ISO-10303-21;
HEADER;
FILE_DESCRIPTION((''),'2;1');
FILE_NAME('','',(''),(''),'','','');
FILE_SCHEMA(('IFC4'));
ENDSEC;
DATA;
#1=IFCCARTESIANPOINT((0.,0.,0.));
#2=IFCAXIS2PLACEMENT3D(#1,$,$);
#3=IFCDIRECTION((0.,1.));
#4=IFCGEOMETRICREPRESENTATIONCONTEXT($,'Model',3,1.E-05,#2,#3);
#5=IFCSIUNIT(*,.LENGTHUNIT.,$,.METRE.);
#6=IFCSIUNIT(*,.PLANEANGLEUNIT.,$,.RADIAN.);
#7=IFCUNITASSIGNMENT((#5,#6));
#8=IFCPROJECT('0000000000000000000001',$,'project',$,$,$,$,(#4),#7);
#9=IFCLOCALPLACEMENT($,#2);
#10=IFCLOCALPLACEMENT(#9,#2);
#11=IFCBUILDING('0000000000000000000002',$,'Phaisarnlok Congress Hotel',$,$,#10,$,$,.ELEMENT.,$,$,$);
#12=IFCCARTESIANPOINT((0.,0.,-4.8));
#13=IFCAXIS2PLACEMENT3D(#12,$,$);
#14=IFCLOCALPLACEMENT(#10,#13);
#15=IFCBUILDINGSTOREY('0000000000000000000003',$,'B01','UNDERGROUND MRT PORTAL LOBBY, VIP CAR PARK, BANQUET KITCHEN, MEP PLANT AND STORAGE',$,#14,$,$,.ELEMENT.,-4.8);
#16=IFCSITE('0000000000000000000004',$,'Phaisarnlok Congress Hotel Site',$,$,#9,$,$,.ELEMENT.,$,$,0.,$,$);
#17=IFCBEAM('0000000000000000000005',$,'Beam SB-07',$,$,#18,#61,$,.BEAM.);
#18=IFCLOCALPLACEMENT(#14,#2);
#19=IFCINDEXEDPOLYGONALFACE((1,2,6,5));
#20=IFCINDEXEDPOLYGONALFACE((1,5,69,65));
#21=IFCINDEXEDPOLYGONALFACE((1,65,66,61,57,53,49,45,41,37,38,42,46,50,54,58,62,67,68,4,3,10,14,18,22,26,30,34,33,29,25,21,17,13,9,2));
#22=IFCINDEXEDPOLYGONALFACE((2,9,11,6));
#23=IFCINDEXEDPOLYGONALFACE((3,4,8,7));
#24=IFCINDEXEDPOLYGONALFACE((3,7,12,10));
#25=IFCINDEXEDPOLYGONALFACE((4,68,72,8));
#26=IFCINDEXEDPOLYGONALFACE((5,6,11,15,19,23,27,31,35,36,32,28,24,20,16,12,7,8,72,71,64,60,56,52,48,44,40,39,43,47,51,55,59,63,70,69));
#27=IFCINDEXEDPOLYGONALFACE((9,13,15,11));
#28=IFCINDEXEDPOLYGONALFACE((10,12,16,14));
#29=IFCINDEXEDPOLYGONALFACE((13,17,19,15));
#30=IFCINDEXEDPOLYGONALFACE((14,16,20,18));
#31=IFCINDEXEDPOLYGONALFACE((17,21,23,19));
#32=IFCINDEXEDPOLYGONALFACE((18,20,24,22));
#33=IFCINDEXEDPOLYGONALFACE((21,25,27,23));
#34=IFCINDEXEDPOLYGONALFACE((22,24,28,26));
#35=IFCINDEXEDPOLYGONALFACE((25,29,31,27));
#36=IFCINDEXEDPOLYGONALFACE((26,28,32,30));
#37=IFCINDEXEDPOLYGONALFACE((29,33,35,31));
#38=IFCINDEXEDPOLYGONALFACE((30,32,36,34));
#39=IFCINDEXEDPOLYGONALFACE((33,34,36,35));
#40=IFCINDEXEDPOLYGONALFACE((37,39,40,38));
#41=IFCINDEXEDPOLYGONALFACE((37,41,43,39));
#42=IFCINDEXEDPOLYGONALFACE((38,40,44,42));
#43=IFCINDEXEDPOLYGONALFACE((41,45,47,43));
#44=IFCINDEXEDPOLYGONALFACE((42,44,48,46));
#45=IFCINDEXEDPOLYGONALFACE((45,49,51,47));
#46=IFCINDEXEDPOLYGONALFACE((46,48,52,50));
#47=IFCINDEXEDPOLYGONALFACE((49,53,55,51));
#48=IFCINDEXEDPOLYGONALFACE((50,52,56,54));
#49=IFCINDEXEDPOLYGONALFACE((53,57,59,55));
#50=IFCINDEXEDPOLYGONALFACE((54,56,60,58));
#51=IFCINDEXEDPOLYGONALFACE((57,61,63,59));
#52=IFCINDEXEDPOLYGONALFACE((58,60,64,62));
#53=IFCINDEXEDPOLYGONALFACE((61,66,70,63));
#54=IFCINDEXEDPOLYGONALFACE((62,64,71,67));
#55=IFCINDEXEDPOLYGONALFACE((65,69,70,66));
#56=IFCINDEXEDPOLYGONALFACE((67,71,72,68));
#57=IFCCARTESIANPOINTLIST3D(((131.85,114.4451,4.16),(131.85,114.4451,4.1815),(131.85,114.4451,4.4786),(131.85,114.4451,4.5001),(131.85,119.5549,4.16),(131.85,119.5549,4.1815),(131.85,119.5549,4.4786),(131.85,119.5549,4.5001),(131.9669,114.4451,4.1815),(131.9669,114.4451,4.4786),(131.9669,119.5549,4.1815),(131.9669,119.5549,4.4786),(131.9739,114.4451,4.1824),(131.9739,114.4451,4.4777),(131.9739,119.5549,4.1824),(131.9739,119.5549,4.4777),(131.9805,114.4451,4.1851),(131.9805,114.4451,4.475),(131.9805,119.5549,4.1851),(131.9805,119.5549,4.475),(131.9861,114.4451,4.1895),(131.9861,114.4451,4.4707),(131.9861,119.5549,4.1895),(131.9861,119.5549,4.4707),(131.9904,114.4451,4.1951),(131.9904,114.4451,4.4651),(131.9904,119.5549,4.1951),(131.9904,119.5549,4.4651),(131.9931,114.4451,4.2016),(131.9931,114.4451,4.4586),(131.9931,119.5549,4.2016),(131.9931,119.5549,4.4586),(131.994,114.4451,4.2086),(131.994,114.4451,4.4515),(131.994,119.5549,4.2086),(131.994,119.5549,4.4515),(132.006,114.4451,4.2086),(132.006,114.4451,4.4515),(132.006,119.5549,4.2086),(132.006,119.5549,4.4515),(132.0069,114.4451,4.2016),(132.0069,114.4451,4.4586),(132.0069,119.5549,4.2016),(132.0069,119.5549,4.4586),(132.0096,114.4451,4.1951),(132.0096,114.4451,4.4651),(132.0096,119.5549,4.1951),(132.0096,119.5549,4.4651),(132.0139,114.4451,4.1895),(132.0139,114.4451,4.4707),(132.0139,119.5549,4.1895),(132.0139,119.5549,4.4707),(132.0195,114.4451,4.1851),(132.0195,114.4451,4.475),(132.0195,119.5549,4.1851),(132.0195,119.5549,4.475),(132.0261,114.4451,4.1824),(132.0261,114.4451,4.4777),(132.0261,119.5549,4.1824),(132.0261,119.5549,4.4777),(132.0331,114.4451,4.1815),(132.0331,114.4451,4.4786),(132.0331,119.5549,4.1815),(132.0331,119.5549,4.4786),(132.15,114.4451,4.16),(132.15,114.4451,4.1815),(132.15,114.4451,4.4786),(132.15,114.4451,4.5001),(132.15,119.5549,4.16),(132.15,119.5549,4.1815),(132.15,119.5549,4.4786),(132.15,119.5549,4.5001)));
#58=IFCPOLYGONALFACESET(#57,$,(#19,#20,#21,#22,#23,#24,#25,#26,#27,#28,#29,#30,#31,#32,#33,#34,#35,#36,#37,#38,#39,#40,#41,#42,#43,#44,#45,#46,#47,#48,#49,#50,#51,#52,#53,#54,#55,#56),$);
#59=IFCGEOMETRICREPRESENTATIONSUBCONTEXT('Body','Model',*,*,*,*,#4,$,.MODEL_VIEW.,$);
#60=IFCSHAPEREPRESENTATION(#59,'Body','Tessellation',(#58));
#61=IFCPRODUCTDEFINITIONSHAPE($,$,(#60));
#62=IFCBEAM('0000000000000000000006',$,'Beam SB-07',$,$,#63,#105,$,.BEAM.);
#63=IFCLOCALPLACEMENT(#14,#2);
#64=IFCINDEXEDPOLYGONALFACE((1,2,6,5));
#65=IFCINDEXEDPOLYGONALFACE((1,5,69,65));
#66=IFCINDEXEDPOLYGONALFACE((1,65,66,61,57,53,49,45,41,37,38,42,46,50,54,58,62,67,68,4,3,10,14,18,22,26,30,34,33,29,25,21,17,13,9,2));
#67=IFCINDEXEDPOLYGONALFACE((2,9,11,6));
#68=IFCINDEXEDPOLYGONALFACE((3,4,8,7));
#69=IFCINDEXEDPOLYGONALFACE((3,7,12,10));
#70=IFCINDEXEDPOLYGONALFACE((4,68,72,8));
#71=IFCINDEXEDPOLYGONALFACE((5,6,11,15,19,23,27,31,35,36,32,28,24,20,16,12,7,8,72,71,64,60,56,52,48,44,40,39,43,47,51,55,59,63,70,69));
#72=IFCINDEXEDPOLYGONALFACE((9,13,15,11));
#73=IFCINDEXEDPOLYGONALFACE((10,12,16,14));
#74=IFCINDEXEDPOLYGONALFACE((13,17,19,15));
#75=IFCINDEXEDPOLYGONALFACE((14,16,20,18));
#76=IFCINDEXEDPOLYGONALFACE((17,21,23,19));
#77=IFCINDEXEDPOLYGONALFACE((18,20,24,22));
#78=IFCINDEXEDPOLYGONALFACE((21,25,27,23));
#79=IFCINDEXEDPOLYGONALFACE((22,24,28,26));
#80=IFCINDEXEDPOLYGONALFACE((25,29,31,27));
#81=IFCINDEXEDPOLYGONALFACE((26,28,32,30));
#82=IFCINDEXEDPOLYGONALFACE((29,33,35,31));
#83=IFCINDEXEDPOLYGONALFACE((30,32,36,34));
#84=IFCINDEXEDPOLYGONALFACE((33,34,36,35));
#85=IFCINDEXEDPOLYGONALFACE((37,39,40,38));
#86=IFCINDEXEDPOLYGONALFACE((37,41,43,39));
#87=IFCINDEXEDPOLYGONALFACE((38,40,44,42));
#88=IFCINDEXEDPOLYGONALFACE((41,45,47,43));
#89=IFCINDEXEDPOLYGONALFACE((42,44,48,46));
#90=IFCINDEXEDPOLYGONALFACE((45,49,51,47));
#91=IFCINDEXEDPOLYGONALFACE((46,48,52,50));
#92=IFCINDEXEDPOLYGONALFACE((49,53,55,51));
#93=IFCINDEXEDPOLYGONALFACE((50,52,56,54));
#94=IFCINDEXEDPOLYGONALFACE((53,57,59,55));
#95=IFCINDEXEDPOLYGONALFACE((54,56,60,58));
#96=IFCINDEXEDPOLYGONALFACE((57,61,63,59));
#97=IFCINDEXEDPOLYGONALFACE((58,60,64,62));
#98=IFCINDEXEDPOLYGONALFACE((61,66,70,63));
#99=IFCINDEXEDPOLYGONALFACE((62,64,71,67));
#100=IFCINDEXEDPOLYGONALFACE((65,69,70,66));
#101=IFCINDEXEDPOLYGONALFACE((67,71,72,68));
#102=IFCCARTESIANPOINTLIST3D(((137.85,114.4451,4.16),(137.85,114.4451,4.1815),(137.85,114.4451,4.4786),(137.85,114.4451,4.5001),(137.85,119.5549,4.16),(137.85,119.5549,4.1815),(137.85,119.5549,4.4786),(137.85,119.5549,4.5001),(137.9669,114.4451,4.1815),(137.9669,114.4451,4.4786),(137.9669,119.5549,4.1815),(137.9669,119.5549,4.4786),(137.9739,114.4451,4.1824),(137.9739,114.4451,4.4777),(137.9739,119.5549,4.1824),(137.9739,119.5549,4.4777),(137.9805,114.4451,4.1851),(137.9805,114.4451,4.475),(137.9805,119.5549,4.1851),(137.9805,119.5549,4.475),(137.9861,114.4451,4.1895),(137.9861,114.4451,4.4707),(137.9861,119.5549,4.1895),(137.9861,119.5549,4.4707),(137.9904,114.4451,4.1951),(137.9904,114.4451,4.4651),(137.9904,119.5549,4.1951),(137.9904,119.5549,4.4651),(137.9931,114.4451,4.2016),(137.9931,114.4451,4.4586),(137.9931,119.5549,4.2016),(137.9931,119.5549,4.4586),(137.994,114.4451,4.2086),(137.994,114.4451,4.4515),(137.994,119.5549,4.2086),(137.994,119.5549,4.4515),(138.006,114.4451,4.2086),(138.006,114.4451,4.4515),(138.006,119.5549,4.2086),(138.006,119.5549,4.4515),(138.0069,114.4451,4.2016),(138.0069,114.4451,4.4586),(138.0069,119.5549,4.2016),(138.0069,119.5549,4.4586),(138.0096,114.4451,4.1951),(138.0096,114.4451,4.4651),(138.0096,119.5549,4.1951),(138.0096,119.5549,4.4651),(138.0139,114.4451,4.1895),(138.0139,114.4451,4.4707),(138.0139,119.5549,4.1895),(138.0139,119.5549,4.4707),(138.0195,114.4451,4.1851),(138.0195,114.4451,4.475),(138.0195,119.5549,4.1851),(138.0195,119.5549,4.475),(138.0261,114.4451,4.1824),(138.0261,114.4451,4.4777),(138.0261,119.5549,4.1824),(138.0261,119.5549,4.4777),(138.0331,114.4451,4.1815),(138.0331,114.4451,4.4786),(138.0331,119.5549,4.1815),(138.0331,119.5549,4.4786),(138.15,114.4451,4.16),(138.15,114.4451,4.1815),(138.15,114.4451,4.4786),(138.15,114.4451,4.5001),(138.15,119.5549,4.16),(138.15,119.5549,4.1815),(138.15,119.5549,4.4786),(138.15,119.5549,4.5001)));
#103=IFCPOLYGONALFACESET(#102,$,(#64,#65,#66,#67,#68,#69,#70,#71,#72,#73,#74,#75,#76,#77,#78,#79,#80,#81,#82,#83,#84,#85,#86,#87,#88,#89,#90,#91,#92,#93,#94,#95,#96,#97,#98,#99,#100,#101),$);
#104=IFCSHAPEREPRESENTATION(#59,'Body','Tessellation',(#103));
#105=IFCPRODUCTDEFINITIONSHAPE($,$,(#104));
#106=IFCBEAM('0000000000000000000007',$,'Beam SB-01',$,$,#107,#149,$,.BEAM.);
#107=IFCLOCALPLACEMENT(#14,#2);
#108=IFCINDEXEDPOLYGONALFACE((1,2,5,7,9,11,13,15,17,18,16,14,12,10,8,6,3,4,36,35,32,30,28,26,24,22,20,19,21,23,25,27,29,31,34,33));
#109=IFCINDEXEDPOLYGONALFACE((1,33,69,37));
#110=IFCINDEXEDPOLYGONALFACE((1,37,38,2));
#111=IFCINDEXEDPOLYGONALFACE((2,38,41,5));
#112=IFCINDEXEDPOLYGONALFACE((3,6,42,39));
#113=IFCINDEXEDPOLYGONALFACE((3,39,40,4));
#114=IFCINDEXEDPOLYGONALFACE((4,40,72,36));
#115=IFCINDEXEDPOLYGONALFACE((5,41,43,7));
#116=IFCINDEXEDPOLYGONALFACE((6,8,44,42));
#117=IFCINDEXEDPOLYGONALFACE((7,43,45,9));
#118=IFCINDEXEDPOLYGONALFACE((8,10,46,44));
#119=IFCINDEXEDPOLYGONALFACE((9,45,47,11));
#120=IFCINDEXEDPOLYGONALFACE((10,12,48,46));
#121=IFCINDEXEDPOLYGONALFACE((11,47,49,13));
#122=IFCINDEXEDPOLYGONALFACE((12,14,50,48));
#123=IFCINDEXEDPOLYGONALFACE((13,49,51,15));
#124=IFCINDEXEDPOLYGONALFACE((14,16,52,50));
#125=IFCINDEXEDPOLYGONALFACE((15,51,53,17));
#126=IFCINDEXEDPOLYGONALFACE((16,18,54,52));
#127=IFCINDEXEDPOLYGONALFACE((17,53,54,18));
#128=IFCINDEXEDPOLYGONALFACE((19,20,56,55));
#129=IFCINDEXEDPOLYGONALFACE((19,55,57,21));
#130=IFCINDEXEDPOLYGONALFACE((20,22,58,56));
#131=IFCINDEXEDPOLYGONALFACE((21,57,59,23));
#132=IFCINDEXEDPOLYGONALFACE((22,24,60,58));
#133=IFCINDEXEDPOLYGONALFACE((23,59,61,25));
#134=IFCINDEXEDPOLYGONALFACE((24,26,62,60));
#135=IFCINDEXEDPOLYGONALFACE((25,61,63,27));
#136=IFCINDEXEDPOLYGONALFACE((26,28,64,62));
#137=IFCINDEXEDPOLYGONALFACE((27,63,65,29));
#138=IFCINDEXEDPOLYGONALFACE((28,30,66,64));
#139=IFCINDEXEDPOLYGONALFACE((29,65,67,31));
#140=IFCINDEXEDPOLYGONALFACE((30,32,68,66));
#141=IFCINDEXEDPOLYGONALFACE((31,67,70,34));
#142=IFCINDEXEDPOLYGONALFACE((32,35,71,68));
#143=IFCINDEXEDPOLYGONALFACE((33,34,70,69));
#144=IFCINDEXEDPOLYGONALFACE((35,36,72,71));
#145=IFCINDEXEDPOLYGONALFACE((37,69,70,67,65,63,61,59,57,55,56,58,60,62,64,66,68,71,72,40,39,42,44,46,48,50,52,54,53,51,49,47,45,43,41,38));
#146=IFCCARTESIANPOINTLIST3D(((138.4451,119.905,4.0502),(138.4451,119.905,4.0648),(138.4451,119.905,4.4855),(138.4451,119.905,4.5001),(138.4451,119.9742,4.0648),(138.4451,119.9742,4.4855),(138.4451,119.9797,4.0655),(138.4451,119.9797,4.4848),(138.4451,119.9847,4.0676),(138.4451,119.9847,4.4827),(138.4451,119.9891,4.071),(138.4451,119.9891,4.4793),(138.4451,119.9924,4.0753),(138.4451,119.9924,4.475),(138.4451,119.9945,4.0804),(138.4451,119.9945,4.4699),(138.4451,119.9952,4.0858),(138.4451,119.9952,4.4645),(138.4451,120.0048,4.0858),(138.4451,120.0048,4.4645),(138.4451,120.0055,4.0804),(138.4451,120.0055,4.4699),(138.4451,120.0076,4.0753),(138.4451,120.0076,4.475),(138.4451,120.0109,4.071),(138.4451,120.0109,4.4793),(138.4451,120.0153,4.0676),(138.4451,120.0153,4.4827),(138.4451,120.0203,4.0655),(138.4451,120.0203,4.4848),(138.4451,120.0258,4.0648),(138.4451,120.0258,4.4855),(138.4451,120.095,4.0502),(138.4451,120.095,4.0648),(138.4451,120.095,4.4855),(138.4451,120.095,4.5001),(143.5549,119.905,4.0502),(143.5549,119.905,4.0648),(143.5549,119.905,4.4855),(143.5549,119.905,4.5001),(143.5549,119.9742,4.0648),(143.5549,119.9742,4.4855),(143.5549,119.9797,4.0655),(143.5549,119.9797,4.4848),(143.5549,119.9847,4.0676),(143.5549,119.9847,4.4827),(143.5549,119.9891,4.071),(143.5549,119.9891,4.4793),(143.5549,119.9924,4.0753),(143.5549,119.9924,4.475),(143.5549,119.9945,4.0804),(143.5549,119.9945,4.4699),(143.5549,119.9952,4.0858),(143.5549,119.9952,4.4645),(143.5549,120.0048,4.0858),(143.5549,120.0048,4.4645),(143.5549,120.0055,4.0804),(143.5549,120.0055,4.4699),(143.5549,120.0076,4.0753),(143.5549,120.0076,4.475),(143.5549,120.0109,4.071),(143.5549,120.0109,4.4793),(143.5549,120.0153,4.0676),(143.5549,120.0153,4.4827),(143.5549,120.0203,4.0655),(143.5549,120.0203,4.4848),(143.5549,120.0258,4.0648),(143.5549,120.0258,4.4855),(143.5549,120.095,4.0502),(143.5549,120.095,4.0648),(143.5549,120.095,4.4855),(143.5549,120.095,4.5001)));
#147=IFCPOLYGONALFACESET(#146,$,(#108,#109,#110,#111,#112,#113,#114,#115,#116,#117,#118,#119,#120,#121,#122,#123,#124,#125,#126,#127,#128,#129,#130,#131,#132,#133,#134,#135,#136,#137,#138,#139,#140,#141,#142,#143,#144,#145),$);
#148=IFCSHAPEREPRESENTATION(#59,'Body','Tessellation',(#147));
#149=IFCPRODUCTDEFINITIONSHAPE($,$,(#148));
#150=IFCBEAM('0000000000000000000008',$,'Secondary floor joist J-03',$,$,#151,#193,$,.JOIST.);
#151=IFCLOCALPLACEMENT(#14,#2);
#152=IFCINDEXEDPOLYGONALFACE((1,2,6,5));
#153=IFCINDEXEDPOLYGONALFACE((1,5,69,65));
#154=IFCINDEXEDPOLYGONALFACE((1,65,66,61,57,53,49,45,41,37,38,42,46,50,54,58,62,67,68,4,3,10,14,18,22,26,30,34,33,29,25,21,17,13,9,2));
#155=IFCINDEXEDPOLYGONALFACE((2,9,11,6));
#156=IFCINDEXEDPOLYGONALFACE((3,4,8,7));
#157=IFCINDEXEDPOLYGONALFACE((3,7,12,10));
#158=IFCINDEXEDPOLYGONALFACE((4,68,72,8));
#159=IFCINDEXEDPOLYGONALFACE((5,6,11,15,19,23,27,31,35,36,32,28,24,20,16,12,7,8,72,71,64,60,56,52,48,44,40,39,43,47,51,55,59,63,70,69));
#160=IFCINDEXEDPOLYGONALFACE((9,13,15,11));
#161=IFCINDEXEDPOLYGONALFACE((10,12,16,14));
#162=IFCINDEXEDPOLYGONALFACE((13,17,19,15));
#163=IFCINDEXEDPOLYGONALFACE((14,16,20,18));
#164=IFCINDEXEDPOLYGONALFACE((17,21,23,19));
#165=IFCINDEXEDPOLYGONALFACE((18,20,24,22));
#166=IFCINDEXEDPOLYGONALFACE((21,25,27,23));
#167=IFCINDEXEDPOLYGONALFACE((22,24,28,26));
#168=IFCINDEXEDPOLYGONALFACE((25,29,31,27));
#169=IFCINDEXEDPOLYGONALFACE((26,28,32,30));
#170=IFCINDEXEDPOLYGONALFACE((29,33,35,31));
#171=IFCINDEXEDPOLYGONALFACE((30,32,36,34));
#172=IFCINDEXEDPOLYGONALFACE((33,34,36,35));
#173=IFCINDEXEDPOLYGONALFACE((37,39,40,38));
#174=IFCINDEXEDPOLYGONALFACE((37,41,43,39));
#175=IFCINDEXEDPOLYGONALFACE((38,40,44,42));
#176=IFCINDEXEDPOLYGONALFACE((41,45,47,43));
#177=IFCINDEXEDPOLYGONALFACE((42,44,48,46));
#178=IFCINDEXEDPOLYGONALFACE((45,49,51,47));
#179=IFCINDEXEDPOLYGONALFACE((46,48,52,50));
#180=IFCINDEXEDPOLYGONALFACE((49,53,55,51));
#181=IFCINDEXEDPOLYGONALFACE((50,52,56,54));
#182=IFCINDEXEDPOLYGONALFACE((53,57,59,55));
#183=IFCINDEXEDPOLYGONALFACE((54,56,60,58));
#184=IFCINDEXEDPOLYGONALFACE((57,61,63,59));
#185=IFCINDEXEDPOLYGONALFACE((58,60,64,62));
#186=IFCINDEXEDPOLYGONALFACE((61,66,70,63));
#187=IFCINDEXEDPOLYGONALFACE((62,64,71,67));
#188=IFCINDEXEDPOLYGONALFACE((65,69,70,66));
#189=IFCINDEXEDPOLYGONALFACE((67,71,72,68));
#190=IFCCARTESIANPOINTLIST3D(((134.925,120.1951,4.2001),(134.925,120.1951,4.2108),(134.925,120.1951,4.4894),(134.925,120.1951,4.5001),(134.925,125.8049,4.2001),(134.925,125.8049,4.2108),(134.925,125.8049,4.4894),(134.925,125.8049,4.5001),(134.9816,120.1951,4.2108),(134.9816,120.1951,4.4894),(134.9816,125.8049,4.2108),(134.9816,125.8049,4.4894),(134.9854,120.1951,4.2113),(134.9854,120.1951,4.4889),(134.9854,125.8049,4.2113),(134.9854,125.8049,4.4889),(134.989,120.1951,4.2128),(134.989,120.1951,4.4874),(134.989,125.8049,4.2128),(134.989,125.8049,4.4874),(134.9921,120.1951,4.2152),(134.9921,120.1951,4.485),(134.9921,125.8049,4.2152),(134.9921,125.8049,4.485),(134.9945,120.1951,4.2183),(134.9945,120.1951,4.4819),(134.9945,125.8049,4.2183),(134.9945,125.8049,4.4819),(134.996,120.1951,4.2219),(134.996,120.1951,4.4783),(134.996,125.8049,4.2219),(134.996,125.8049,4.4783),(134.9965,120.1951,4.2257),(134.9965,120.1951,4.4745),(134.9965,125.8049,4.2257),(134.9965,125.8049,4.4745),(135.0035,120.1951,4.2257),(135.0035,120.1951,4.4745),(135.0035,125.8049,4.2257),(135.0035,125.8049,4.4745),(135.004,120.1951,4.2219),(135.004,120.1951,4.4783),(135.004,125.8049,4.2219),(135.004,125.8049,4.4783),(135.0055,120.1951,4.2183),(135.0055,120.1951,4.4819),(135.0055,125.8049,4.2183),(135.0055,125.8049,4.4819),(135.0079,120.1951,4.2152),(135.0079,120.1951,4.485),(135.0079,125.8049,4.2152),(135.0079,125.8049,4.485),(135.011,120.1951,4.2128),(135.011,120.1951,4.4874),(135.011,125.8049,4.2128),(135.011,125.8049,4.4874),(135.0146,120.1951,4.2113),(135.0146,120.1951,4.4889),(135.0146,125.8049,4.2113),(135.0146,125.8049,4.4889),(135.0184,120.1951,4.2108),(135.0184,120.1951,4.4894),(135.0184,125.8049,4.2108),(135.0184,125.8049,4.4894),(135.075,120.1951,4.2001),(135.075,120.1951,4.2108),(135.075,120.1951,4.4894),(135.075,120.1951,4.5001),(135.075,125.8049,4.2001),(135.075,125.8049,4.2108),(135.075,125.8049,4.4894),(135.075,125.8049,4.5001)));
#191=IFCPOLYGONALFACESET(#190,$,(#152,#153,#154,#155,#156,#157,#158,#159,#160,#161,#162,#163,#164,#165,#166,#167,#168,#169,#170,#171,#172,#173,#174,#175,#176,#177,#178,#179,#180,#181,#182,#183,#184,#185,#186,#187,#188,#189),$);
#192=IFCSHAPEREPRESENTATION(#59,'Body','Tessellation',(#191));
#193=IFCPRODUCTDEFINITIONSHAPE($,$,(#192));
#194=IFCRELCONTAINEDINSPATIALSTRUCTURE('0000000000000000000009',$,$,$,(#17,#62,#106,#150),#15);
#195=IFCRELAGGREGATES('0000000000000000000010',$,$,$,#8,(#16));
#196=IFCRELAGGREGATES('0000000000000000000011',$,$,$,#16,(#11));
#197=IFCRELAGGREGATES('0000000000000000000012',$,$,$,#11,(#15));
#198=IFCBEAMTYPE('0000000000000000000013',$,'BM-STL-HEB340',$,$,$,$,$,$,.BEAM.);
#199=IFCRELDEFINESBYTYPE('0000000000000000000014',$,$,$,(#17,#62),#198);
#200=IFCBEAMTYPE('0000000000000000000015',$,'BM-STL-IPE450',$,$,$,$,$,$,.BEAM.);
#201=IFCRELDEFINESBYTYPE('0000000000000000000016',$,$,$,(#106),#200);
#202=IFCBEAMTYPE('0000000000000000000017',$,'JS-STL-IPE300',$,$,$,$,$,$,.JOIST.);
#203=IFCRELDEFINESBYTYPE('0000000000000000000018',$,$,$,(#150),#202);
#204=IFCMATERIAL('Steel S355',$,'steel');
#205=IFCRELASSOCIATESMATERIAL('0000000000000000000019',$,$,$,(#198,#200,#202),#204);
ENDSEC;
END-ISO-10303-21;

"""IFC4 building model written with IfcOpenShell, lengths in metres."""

from ifc_helpers import new_model, si_unit, direction, frame, origin, origin_2d, place, context, subcontext, project, spatial, i_section, extrude, material, material_profile, profile_set, type_object, element, save


model = new_model("IFC4")

# Units and contexts
model_context = context("Model", 3, precision=1e-05, world=origin(), true_north=direction((0.0, 1.0)))
body_context = subcontext(model_context, "Body", "Model", "MODEL_VIEW")
ifc_project = project(units=[si_unit("LENGTHUNIT", "METRE"), si_unit("PLANEANGLEUNIT", "RADIAN")], contexts=[model_context])

# Site, building, storey
site_placement = place(None, origin())
site = spatial("IfcSite", under=ifc_project, at=site_placement, Name="Phaisarnlok Congress Hotel Site", CompositionType="ELEMENT", RefElevation=0.0)
building_placement = place(site_placement, origin())
building = spatial("IfcBuilding", under=site, at=building_placement, Name="Phaisarnlok Congress Hotel", CompositionType="ELEMENT")
storey_placement = place(building_placement, frame((0.0, 0.0, -4.8)))
storey = spatial("IfcBuildingStorey", under=building, at=storey_placement, Name="B01", Description="UNDERGROUND MRT PORTAL LOBBY, VIP CAR PARK, BANQUET KITCHEN, MEP PLANT AND STORAGE", CompositionType="ELEMENT", Elevation=-4.8)

# Beams
ifc_material_1 = material(Name="Steel S355", Category="steel")
ifc_material_profile_1 = material_profile(ifc_material_1, i_section(OverallWidth=0.3, OverallDepth=0.3401, WebThickness=0.012, FlangeThickness=0.0215, FilletRadius=0.0271, at=origin_2d()), Name="HEB 340")
ifc_profile_set_1 = profile_set([ifc_material_profile_1], Name="Steel S355")
beam_type_1 = type_object("IfcBeamType", Name="BM-STL-HEB340", PredefinedType="BEAM", material=ifc_profile_set_1)
for number, where, z_axis, x_axis, name in (
    (1, (132.0, 114.4451, 4.3301), (0.0, 1.0, 0.0), (-1.0, 0.0, 0.0), "Beam SB-07"),
    (2, (138.0, 114.4451, 4.3301), (0.0, 1.0, 0.0), (-1.0, 0.0, 0.0), "Beam SB-07"),
):
    element("IfcBeam", number, at=place(storey_placement, frame(where, z_axis=z_axis, x_axis=x_axis)), inside=storey, type_object=beam_type_1, Name=name, PredefinedType="BEAM", context=body_context, shape_type="SweptSolid", body=[
        extrude(i_section(OverallWidth=0.3, OverallDepth=0.3401, WebThickness=0.012, FlangeThickness=0.0215, FilletRadius=0.0271, at=origin_2d()), origin(), (0.0, 0.0, 1.0), 5.1099),
    ])
ifc_material_profile_2 = material_profile(ifc_material_1, i_section(OverallWidth=0.1899, OverallDepth=0.45, WebThickness=0.0095, FlangeThickness=0.0146, FilletRadius=0.021, at=origin_2d()), Name="IPE 450")
ifc_profile_set_2 = profile_set([ifc_material_profile_2], Name="Steel S355")
beam_type_2 = type_object("IfcBeamType", Name="BM-STL-IPE450", PredefinedType="BEAM", material=ifc_profile_set_2)
beam_1_placement = place(storey_placement, frame((138.4451, 120.0, 4.2751), z_axis=(1.0, 0.0, 0.0), x_axis=(0.0, 1.0, 0.0)))
element("IfcBeam", 3, at=beam_1_placement, inside=storey, type_object=beam_type_2, Name="Beam SB-01", PredefinedType="BEAM", context=body_context, shape_type="SweptSolid", body=[
    extrude(i_section(OverallWidth=0.1899, OverallDepth=0.45, WebThickness=0.0095, FlangeThickness=0.0146, FilletRadius=0.021, at=origin_2d()), origin(), (0.0, 0.0, 1.0), 5.1099),
])
ifc_material_profile_3 = material_profile(ifc_material_1, i_section(OverallWidth=0.1499, OverallDepth=0.3, WebThickness=0.0071, FlangeThickness=0.0107, FilletRadius=0.0149, at=origin_2d()), Name="IPE 300")
ifc_profile_set_3 = profile_set([ifc_material_profile_3], Name="Steel S355")
beam_type_3 = type_object("IfcBeamType", Name="JS-STL-IPE300", PredefinedType="JOIST", material=ifc_profile_set_3)
beam_2_placement = place(storey_placement, frame((135.0, 120.1951, 4.3501), z_axis=(0.0, 1.0, 0.0), x_axis=(-1.0, 0.0, 0.0)))
element("IfcBeam", 4, at=beam_2_placement, inside=storey, type_object=beam_type_3, Name="Secondary floor joist J-03", PredefinedType="JOIST", context=body_context, shape_type="SweptSolid", body=[
    extrude(i_section(OverallWidth=0.1499, OverallDepth=0.3, WebThickness=0.0071, FlangeThickness=0.0107, FilletRadius=0.0149, at=origin_2d()), origin(), (0.0, 0.0, 1.0), 5.6099),
])

save(model, "model.ifc")
